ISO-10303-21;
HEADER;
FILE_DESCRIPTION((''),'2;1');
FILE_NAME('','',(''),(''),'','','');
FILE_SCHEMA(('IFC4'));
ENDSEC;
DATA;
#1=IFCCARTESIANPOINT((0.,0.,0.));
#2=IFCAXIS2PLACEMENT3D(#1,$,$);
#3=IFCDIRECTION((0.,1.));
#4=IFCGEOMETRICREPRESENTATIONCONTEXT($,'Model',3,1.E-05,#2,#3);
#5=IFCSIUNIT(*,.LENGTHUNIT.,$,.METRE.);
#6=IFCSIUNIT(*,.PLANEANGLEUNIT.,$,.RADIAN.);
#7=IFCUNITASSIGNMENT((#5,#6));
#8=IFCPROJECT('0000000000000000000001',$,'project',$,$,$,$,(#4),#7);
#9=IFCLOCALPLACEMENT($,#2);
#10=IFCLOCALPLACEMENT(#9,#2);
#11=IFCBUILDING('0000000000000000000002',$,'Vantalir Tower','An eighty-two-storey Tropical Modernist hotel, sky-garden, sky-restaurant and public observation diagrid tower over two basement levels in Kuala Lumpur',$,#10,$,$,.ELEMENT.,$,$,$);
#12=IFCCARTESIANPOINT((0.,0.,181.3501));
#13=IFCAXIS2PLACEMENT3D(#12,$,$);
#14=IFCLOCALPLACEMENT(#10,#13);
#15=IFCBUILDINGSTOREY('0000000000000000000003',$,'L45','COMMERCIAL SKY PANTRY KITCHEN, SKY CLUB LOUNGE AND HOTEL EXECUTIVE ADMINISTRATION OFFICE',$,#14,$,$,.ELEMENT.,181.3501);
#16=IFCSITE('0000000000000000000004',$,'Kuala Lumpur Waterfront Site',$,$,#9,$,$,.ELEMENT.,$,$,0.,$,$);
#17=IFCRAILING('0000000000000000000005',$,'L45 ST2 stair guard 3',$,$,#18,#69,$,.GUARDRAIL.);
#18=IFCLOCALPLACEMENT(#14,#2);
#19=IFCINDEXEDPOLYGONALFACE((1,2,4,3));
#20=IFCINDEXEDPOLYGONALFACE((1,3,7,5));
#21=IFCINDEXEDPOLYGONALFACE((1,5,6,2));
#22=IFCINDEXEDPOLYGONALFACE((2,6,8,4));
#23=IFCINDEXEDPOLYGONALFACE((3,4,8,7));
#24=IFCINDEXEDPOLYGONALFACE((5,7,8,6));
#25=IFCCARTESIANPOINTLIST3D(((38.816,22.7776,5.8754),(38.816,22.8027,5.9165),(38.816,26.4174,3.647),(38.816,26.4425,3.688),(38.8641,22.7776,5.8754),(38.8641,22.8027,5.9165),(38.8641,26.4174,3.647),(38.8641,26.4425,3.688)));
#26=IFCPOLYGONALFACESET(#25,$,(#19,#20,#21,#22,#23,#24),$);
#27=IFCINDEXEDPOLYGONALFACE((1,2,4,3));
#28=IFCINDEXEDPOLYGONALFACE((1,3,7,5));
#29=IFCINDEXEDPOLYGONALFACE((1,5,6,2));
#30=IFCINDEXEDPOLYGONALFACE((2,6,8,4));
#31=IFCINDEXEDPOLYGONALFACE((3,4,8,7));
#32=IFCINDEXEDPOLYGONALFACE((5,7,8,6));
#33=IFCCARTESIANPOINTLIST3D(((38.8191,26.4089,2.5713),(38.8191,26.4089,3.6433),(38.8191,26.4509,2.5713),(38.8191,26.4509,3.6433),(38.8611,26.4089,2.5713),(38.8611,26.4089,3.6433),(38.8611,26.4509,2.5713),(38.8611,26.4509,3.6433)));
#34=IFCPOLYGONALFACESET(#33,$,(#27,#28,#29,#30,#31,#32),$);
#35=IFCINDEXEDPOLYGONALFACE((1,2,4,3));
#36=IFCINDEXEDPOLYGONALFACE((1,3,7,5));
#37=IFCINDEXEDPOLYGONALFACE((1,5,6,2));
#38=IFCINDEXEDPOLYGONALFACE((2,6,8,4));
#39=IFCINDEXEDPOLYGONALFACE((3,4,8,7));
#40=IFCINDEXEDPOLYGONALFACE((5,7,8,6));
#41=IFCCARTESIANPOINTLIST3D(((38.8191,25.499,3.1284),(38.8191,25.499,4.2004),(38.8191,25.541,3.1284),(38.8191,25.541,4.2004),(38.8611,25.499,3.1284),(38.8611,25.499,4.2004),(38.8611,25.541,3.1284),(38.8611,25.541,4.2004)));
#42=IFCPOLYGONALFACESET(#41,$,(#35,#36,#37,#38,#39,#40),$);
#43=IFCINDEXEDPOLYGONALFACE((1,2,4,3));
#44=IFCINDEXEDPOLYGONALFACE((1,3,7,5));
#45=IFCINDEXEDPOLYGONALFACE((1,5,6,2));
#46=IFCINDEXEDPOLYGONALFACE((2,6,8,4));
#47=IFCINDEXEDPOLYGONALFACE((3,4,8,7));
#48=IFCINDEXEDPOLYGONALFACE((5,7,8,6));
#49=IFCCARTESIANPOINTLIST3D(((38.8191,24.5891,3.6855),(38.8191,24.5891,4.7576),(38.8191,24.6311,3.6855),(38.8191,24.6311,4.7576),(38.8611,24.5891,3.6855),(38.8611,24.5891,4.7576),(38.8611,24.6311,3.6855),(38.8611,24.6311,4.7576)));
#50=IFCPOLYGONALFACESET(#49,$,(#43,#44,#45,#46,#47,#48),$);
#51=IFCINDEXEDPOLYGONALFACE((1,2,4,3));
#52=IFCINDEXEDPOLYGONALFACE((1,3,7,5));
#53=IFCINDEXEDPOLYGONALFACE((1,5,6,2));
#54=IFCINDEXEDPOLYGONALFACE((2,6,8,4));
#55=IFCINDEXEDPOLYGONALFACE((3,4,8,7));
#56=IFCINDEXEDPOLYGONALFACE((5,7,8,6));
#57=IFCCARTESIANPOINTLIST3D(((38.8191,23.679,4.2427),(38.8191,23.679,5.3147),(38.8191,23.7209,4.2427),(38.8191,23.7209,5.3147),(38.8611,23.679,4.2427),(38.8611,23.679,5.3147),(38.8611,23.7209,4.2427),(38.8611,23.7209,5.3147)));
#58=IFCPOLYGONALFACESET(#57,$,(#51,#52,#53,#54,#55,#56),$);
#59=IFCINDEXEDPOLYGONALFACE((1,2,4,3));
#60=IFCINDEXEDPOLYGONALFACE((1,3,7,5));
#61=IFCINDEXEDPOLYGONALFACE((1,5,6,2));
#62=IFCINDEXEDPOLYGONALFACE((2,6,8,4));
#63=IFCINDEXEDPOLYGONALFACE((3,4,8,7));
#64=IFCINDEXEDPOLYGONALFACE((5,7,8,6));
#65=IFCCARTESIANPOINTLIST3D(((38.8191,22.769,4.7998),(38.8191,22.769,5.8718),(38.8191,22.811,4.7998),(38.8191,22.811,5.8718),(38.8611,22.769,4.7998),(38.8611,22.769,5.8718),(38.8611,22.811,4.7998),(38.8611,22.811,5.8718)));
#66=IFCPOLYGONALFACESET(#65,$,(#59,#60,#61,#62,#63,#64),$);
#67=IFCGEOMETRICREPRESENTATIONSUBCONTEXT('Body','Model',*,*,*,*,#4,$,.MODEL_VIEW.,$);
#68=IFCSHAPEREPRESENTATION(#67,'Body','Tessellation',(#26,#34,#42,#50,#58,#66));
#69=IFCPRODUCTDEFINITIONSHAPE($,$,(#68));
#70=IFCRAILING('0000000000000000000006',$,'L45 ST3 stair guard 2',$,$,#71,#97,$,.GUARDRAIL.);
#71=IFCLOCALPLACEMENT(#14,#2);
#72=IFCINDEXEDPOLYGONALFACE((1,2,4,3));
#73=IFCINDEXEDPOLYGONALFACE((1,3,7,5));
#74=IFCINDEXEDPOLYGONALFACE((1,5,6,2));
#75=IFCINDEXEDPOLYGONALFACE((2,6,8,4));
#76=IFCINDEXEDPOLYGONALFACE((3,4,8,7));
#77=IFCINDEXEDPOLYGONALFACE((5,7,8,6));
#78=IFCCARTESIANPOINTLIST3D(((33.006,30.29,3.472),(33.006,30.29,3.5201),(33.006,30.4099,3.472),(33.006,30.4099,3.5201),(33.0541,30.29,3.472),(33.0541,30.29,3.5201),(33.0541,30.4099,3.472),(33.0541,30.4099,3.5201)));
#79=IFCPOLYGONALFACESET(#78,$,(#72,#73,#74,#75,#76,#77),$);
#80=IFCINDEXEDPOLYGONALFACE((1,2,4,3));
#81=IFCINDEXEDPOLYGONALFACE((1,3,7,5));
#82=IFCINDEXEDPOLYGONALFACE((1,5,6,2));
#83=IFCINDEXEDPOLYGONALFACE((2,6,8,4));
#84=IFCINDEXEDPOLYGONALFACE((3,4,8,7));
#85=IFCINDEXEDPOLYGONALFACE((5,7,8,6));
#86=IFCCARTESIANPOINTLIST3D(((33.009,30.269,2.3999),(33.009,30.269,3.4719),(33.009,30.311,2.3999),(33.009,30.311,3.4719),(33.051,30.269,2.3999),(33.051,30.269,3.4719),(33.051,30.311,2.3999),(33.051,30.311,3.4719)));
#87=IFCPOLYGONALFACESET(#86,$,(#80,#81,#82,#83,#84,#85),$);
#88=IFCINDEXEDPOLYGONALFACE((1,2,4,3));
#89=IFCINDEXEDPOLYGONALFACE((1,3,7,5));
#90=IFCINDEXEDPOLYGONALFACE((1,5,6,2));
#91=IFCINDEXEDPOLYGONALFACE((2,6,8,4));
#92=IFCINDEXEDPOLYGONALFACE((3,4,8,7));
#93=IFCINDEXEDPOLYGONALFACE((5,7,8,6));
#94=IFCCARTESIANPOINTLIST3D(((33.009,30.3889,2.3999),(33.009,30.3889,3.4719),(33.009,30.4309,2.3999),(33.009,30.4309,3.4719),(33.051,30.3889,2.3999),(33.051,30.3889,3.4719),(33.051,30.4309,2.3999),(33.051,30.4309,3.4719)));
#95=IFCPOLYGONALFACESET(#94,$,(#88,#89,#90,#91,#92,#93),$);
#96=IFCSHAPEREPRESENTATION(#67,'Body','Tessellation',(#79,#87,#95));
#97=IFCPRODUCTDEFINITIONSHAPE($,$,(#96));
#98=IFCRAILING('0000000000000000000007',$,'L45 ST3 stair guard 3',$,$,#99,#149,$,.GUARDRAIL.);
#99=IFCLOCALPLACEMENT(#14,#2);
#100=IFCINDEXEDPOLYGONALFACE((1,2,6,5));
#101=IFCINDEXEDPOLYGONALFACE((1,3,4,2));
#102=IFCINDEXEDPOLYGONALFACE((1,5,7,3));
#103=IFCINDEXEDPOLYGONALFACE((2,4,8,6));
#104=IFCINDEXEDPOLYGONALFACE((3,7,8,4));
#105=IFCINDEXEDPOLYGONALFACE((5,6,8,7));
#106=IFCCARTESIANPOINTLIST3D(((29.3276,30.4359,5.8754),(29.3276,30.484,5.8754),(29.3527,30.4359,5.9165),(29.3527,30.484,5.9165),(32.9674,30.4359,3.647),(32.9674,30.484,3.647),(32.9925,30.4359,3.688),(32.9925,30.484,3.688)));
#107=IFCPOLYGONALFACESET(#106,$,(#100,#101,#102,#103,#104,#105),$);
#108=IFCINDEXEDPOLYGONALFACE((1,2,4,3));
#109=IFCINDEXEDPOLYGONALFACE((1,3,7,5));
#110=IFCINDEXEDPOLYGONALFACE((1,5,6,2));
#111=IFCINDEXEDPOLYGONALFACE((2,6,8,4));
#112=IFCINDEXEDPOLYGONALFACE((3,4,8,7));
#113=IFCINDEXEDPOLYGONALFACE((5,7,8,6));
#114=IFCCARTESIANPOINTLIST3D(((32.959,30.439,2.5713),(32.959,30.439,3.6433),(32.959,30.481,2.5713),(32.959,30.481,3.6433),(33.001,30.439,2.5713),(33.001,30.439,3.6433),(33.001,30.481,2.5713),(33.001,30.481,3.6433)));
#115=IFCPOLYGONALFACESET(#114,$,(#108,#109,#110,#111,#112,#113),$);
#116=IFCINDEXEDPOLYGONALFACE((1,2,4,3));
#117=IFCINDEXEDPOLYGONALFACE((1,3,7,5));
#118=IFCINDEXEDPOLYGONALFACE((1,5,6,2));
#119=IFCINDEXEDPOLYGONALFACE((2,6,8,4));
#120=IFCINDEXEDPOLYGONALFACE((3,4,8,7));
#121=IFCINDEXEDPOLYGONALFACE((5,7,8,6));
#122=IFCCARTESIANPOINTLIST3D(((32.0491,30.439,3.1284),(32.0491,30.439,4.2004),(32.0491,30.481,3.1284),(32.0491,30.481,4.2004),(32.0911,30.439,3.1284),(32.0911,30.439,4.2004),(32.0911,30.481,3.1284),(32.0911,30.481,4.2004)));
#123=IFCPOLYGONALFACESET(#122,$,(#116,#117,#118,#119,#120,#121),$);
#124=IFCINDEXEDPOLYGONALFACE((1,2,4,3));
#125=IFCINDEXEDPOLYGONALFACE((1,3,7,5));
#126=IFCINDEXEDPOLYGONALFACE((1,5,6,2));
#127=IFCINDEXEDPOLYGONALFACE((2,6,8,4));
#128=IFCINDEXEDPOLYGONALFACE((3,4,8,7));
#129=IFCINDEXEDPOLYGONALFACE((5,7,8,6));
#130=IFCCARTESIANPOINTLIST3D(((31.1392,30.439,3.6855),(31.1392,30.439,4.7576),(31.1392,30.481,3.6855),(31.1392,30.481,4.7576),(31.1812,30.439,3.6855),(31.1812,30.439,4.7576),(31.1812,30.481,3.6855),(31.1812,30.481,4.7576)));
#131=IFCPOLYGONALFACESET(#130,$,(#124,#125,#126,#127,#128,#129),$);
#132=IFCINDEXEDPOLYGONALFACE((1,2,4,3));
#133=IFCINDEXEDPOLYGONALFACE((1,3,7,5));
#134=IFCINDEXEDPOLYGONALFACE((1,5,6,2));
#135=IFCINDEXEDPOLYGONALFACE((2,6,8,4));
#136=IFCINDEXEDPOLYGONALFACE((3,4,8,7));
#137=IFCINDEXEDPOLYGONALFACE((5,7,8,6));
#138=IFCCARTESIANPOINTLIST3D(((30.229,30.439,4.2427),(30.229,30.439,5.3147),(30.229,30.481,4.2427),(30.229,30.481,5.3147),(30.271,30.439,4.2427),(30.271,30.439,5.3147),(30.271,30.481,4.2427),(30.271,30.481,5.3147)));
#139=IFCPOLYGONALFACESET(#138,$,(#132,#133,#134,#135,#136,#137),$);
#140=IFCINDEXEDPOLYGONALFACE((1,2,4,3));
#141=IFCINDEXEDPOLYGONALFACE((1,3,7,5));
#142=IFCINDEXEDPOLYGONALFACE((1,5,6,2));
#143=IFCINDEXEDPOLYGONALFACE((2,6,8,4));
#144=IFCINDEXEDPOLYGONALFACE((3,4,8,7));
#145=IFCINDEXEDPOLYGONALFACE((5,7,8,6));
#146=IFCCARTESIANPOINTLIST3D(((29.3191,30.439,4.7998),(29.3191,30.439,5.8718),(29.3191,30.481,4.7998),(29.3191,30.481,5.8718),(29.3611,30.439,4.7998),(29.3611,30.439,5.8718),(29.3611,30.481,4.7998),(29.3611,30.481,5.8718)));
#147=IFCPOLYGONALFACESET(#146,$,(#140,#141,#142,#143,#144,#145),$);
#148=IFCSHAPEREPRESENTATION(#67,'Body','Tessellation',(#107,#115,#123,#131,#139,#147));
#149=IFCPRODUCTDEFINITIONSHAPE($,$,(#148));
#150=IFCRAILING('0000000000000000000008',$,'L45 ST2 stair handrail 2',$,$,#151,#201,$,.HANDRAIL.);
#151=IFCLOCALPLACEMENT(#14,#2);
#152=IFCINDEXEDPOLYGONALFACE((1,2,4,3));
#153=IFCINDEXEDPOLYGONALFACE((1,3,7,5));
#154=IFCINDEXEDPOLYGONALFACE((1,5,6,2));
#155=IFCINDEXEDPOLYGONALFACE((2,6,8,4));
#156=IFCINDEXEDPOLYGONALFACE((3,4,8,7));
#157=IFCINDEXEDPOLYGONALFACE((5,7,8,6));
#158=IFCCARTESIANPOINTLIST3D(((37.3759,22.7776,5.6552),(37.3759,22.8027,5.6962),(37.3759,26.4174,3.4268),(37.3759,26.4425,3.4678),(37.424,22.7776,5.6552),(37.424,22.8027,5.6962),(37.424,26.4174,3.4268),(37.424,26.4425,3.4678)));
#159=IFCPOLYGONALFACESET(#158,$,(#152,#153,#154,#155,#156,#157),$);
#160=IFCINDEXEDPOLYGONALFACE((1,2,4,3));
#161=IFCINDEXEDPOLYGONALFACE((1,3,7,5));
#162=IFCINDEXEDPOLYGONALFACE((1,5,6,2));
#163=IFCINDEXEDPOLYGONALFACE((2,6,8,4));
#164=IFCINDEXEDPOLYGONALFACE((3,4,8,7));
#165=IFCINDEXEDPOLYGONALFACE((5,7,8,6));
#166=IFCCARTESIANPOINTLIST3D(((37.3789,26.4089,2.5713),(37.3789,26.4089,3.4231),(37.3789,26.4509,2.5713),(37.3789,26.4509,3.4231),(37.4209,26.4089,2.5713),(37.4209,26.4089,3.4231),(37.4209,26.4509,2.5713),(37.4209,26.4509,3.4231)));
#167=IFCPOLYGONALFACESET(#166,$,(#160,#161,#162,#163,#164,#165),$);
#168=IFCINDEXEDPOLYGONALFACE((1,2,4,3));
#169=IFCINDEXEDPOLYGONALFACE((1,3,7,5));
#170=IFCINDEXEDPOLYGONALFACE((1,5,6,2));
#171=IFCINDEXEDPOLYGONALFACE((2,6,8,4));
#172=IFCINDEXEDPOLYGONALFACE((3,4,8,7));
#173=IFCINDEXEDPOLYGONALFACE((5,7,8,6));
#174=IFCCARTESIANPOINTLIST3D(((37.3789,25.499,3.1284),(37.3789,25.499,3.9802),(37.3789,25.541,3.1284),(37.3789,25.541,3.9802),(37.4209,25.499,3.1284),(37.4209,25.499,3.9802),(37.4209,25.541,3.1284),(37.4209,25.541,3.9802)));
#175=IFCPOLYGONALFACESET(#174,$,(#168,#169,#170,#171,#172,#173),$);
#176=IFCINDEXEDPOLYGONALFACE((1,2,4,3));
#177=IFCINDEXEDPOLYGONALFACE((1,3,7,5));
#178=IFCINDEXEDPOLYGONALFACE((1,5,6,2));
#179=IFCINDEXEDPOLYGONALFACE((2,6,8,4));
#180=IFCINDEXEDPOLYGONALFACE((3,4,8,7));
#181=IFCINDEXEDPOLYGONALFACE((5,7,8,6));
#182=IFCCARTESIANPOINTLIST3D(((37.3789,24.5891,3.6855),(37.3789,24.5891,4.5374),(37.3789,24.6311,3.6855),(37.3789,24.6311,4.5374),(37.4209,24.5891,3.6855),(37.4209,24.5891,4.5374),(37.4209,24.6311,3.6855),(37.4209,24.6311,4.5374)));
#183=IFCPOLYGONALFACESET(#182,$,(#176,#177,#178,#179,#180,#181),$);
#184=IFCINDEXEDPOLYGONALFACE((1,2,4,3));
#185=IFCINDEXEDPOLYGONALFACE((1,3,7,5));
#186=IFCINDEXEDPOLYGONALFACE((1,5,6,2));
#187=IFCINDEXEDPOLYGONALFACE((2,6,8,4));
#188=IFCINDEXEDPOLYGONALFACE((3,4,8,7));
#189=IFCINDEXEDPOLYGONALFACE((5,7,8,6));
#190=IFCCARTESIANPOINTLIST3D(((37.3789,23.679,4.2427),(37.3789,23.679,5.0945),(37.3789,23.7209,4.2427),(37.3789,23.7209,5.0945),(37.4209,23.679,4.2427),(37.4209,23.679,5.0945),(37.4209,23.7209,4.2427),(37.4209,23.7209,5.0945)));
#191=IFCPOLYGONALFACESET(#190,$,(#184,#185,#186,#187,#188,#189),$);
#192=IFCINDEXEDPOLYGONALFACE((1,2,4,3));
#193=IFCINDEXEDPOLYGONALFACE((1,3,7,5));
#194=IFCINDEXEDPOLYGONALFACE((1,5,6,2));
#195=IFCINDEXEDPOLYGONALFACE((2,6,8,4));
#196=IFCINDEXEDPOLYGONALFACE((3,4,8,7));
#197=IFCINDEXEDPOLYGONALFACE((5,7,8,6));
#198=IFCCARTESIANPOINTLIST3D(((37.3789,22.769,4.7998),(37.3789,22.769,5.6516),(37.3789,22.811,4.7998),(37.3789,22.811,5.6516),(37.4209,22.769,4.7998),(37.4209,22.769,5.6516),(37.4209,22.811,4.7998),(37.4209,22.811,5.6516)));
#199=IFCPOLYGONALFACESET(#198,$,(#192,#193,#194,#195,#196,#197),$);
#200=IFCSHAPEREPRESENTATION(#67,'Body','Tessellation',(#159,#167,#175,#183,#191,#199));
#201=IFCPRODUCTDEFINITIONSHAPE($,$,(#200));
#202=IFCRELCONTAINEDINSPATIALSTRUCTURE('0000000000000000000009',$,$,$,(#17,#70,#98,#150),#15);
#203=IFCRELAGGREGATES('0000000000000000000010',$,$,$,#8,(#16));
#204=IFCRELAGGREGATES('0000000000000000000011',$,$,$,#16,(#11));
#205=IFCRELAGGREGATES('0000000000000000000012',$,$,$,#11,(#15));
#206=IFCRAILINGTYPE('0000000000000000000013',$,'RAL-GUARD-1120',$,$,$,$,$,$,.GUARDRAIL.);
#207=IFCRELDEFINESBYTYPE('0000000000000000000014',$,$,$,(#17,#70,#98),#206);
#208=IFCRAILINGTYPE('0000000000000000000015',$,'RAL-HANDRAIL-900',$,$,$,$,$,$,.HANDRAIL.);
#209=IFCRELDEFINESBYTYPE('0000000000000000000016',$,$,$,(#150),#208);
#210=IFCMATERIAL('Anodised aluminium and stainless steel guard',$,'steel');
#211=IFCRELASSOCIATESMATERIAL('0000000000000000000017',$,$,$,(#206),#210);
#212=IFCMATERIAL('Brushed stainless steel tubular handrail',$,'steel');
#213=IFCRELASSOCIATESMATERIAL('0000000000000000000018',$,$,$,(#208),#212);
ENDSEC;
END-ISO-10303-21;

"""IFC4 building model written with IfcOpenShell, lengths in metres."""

from ifc_helpers import new_model, si_unit, direction, frame, origin, origin_2d, place, context, subcontext, project, spatial, rectangle, extrude, material, type_object, element, save


model = new_model("IFC4")

# Units and contexts
model_context = context("Model", 3, precision=1e-05, world=origin(), true_north=direction((0.0, 1.0)))
body_context = subcontext(model_context, "Body", "Model", "MODEL_VIEW")
ifc_project = project(units=[si_unit("LENGTHUNIT", "METRE"), si_unit("PLANEANGLEUNIT", "RADIAN")], contexts=[model_context])

# Site, building, storey
site_placement = place(None, origin())
site = spatial("IfcSite", under=ifc_project, at=site_placement, Name="Kuala Lumpur Waterfront Site", CompositionType="ELEMENT", RefElevation=0.0)
building_placement = place(site_placement, origin())
building = spatial("IfcBuilding", under=site, at=building_placement, Name="Vantalir Tower", Description="An eighty-two-storey Tropical Modernist hotel, sky-garden, sky-restaurant and public observation diagrid tower over two basement levels in Kuala Lumpur", CompositionType="ELEMENT")
storey_placement = place(building_placement, frame((0.0, 0.0, 181.3501)))
storey = spatial("IfcBuildingStorey", under=building, at=storey_placement, Name="L45", Description="COMMERCIAL SKY PANTRY KITCHEN, SKY CLUB LOUNGE AND HOTEL EXECUTIVE ADMINISTRATION OFFICE", CompositionType="ELEMENT", Elevation=181.3501)

# Railings
ifc_material_1 = material(Name="Anodised aluminium and stainless steel guard", Category="steel")
railing_type_1 = type_object("IfcRailingType", Name="RAL-GUARD-1120", PredefinedType="GUARDRAIL", material=ifc_material_1)
railing_1_placement = place(storey_placement, frame((38.8401, 26.4299, 2.5713)))
element("IfcRailing", 1, at=railing_1_placement, inside=storey, type_object=railing_type_1, Name="L45 ST2 stair guard 3", PredefinedType="GUARDRAIL", context=body_context, shape_type="SweptSolid", body=[
    extrude(rectangle(XDim=0.0481, YDim=0.0481, at=origin_2d()), frame((0.0, 0.0, 1.0962), z_axis=(0.0, -0.85285, 0.522156), x_axis=(1.0, 0.0, 0.0)), (0.0, 0.0, 1.0), 4.2678),
    extrude(rectangle(XDim=0.042, YDim=0.042, at=origin_2d()), origin(), (0.0, 0.0, 1.0), 1.072),
    extrude(rectangle(XDim=0.042, YDim=0.042, at=origin_2d()), frame((0.0, -0.9099, 0.5571)), (0.0, 0.0, 1.0), 1.072),
    extrude(rectangle(XDim=0.042, YDim=0.042, at=origin_2d()), frame((0.0, -1.8198, 1.1143)), (0.0, 0.0, 1.0), 1.072),
    extrude(rectangle(XDim=0.042, YDim=0.042, at=origin_2d()), frame((0.0, -2.73, 1.6714)), (0.0, 0.0, 1.0), 1.072),
    extrude(rectangle(XDim=0.042, YDim=0.042, at=origin_2d()), frame((0.0, -3.6399, 2.2285)), (0.0, 0.0, 1.0), 1.072),
])
railing_2_placement = place(storey_placement, frame((33.03, 30.29, 2.3999)))
element("IfcRailing", 2, at=railing_2_placement, inside=storey, type_object=railing_type_1, Name="L45 ST3 stair guard 2", PredefinedType="GUARDRAIL", context=body_context, shape_type="SweptSolid", body=[
    extrude(rectangle(XDim=0.0481, YDim=0.0481, at=origin_2d()), frame((0.0, 0.0, 1.0962), z_axis=(0.0, 1.0, 0.0), x_axis=(-1.0, 0.0, 0.0)), (0.0, 0.0, 1.0), 0.1199),
    extrude(rectangle(XDim=0.042, YDim=0.042, at=origin_2d()), origin(), (0.0, 0.0, 1.0), 1.072),
    extrude(rectangle(XDim=0.042, YDim=0.042, at=origin_2d()), frame((0.0, 0.1199, 0.0)), (0.0, 0.0, 1.0), 1.072),
])
railing_3_placement = place(storey_placement, frame((32.98, 30.46, 2.5713)))
element("IfcRailing", 3, at=railing_3_placement, inside=storey, type_object=railing_type_1, Name="L45 ST3 stair guard 3", PredefinedType="GUARDRAIL", context=body_context, shape_type="SweptSolid", body=[
    extrude(rectangle(XDim=0.0481, YDim=0.0481, at=origin_2d()), frame((0.0, 0.0, 1.0962), z_axis=(-0.85285, 0.0, 0.522156), x_axis=(0.0, -1.0, 0.0)), (0.0, 0.0, 1.0), 4.2678),
    extrude(rectangle(XDim=0.042, YDim=0.042, at=origin_2d()), origin(), (0.0, 0.0, 1.0), 1.072),
    extrude(rectangle(XDim=0.042, YDim=0.042, at=origin_2d()), frame((-0.9099, 0.0, 0.5571)), (0.0, 0.0, 1.0), 1.072),
    extrude(rectangle(XDim=0.042, YDim=0.042, at=origin_2d()), frame((-1.8198, 0.0, 1.1143)), (0.0, 0.0, 1.0), 1.072),
    extrude(rectangle(XDim=0.042, YDim=0.042, at=origin_2d()), frame((-2.73, 0.0, 1.6714)), (0.0, 0.0, 1.0), 1.072),
    extrude(rectangle(XDim=0.042, YDim=0.042, at=origin_2d()), frame((-3.6399, 0.0, 2.2285)), (0.0, 0.0, 1.0), 1.072),
])
ifc_material_2 = material(Name="Brushed stainless steel tubular handrail", Category="steel")
railing_type_2 = type_object("IfcRailingType", Name="RAL-HANDRAIL-900", PredefinedType="HANDRAIL", material=ifc_material_2)
railing_4_placement = place(storey_placement, frame((37.3999, 26.4299, 2.5713)))
element("IfcRailing", 4, at=railing_4_placement, inside=storey, type_object=railing_type_2, Name="L45 ST2 stair handrail 2", PredefinedType="HANDRAIL", context=body_context, shape_type="SweptSolid", body=[
    extrude(rectangle(XDim=0.0481, YDim=0.0481, at=origin_2d()), frame((0.0, 0.0, 0.876), z_axis=(0.0, -0.85285, 0.522156), x_axis=(1.0, 0.0, 0.0)), (0.0, 0.0, 1.0), 4.2678),
    extrude(rectangle(XDim=0.042, YDim=0.042, at=origin_2d()), origin(), (0.0, 0.0, 1.0), 0.8518),
    extrude(rectangle(XDim=0.042, YDim=0.042, at=origin_2d()), frame((0.0, -0.9099, 0.5571)), (0.0, 0.0, 1.0), 0.8518),
    extrude(rectangle(XDim=0.042, YDim=0.042, at=origin_2d()), frame((0.0, -1.8198, 1.1143)), (0.0, 0.0, 1.0), 0.8518),
    extrude(rectangle(XDim=0.042, YDim=0.042, at=origin_2d()), frame((0.0, -2.73, 1.6714)), (0.0, 0.0, 1.0), 0.8518),
    extrude(rectangle(XDim=0.042, YDim=0.042, at=origin_2d()), frame((0.0, -3.6399, 2.2285)), (0.0, 0.0, 1.0), 0.8518),
])

save(model, "model.ifc")
